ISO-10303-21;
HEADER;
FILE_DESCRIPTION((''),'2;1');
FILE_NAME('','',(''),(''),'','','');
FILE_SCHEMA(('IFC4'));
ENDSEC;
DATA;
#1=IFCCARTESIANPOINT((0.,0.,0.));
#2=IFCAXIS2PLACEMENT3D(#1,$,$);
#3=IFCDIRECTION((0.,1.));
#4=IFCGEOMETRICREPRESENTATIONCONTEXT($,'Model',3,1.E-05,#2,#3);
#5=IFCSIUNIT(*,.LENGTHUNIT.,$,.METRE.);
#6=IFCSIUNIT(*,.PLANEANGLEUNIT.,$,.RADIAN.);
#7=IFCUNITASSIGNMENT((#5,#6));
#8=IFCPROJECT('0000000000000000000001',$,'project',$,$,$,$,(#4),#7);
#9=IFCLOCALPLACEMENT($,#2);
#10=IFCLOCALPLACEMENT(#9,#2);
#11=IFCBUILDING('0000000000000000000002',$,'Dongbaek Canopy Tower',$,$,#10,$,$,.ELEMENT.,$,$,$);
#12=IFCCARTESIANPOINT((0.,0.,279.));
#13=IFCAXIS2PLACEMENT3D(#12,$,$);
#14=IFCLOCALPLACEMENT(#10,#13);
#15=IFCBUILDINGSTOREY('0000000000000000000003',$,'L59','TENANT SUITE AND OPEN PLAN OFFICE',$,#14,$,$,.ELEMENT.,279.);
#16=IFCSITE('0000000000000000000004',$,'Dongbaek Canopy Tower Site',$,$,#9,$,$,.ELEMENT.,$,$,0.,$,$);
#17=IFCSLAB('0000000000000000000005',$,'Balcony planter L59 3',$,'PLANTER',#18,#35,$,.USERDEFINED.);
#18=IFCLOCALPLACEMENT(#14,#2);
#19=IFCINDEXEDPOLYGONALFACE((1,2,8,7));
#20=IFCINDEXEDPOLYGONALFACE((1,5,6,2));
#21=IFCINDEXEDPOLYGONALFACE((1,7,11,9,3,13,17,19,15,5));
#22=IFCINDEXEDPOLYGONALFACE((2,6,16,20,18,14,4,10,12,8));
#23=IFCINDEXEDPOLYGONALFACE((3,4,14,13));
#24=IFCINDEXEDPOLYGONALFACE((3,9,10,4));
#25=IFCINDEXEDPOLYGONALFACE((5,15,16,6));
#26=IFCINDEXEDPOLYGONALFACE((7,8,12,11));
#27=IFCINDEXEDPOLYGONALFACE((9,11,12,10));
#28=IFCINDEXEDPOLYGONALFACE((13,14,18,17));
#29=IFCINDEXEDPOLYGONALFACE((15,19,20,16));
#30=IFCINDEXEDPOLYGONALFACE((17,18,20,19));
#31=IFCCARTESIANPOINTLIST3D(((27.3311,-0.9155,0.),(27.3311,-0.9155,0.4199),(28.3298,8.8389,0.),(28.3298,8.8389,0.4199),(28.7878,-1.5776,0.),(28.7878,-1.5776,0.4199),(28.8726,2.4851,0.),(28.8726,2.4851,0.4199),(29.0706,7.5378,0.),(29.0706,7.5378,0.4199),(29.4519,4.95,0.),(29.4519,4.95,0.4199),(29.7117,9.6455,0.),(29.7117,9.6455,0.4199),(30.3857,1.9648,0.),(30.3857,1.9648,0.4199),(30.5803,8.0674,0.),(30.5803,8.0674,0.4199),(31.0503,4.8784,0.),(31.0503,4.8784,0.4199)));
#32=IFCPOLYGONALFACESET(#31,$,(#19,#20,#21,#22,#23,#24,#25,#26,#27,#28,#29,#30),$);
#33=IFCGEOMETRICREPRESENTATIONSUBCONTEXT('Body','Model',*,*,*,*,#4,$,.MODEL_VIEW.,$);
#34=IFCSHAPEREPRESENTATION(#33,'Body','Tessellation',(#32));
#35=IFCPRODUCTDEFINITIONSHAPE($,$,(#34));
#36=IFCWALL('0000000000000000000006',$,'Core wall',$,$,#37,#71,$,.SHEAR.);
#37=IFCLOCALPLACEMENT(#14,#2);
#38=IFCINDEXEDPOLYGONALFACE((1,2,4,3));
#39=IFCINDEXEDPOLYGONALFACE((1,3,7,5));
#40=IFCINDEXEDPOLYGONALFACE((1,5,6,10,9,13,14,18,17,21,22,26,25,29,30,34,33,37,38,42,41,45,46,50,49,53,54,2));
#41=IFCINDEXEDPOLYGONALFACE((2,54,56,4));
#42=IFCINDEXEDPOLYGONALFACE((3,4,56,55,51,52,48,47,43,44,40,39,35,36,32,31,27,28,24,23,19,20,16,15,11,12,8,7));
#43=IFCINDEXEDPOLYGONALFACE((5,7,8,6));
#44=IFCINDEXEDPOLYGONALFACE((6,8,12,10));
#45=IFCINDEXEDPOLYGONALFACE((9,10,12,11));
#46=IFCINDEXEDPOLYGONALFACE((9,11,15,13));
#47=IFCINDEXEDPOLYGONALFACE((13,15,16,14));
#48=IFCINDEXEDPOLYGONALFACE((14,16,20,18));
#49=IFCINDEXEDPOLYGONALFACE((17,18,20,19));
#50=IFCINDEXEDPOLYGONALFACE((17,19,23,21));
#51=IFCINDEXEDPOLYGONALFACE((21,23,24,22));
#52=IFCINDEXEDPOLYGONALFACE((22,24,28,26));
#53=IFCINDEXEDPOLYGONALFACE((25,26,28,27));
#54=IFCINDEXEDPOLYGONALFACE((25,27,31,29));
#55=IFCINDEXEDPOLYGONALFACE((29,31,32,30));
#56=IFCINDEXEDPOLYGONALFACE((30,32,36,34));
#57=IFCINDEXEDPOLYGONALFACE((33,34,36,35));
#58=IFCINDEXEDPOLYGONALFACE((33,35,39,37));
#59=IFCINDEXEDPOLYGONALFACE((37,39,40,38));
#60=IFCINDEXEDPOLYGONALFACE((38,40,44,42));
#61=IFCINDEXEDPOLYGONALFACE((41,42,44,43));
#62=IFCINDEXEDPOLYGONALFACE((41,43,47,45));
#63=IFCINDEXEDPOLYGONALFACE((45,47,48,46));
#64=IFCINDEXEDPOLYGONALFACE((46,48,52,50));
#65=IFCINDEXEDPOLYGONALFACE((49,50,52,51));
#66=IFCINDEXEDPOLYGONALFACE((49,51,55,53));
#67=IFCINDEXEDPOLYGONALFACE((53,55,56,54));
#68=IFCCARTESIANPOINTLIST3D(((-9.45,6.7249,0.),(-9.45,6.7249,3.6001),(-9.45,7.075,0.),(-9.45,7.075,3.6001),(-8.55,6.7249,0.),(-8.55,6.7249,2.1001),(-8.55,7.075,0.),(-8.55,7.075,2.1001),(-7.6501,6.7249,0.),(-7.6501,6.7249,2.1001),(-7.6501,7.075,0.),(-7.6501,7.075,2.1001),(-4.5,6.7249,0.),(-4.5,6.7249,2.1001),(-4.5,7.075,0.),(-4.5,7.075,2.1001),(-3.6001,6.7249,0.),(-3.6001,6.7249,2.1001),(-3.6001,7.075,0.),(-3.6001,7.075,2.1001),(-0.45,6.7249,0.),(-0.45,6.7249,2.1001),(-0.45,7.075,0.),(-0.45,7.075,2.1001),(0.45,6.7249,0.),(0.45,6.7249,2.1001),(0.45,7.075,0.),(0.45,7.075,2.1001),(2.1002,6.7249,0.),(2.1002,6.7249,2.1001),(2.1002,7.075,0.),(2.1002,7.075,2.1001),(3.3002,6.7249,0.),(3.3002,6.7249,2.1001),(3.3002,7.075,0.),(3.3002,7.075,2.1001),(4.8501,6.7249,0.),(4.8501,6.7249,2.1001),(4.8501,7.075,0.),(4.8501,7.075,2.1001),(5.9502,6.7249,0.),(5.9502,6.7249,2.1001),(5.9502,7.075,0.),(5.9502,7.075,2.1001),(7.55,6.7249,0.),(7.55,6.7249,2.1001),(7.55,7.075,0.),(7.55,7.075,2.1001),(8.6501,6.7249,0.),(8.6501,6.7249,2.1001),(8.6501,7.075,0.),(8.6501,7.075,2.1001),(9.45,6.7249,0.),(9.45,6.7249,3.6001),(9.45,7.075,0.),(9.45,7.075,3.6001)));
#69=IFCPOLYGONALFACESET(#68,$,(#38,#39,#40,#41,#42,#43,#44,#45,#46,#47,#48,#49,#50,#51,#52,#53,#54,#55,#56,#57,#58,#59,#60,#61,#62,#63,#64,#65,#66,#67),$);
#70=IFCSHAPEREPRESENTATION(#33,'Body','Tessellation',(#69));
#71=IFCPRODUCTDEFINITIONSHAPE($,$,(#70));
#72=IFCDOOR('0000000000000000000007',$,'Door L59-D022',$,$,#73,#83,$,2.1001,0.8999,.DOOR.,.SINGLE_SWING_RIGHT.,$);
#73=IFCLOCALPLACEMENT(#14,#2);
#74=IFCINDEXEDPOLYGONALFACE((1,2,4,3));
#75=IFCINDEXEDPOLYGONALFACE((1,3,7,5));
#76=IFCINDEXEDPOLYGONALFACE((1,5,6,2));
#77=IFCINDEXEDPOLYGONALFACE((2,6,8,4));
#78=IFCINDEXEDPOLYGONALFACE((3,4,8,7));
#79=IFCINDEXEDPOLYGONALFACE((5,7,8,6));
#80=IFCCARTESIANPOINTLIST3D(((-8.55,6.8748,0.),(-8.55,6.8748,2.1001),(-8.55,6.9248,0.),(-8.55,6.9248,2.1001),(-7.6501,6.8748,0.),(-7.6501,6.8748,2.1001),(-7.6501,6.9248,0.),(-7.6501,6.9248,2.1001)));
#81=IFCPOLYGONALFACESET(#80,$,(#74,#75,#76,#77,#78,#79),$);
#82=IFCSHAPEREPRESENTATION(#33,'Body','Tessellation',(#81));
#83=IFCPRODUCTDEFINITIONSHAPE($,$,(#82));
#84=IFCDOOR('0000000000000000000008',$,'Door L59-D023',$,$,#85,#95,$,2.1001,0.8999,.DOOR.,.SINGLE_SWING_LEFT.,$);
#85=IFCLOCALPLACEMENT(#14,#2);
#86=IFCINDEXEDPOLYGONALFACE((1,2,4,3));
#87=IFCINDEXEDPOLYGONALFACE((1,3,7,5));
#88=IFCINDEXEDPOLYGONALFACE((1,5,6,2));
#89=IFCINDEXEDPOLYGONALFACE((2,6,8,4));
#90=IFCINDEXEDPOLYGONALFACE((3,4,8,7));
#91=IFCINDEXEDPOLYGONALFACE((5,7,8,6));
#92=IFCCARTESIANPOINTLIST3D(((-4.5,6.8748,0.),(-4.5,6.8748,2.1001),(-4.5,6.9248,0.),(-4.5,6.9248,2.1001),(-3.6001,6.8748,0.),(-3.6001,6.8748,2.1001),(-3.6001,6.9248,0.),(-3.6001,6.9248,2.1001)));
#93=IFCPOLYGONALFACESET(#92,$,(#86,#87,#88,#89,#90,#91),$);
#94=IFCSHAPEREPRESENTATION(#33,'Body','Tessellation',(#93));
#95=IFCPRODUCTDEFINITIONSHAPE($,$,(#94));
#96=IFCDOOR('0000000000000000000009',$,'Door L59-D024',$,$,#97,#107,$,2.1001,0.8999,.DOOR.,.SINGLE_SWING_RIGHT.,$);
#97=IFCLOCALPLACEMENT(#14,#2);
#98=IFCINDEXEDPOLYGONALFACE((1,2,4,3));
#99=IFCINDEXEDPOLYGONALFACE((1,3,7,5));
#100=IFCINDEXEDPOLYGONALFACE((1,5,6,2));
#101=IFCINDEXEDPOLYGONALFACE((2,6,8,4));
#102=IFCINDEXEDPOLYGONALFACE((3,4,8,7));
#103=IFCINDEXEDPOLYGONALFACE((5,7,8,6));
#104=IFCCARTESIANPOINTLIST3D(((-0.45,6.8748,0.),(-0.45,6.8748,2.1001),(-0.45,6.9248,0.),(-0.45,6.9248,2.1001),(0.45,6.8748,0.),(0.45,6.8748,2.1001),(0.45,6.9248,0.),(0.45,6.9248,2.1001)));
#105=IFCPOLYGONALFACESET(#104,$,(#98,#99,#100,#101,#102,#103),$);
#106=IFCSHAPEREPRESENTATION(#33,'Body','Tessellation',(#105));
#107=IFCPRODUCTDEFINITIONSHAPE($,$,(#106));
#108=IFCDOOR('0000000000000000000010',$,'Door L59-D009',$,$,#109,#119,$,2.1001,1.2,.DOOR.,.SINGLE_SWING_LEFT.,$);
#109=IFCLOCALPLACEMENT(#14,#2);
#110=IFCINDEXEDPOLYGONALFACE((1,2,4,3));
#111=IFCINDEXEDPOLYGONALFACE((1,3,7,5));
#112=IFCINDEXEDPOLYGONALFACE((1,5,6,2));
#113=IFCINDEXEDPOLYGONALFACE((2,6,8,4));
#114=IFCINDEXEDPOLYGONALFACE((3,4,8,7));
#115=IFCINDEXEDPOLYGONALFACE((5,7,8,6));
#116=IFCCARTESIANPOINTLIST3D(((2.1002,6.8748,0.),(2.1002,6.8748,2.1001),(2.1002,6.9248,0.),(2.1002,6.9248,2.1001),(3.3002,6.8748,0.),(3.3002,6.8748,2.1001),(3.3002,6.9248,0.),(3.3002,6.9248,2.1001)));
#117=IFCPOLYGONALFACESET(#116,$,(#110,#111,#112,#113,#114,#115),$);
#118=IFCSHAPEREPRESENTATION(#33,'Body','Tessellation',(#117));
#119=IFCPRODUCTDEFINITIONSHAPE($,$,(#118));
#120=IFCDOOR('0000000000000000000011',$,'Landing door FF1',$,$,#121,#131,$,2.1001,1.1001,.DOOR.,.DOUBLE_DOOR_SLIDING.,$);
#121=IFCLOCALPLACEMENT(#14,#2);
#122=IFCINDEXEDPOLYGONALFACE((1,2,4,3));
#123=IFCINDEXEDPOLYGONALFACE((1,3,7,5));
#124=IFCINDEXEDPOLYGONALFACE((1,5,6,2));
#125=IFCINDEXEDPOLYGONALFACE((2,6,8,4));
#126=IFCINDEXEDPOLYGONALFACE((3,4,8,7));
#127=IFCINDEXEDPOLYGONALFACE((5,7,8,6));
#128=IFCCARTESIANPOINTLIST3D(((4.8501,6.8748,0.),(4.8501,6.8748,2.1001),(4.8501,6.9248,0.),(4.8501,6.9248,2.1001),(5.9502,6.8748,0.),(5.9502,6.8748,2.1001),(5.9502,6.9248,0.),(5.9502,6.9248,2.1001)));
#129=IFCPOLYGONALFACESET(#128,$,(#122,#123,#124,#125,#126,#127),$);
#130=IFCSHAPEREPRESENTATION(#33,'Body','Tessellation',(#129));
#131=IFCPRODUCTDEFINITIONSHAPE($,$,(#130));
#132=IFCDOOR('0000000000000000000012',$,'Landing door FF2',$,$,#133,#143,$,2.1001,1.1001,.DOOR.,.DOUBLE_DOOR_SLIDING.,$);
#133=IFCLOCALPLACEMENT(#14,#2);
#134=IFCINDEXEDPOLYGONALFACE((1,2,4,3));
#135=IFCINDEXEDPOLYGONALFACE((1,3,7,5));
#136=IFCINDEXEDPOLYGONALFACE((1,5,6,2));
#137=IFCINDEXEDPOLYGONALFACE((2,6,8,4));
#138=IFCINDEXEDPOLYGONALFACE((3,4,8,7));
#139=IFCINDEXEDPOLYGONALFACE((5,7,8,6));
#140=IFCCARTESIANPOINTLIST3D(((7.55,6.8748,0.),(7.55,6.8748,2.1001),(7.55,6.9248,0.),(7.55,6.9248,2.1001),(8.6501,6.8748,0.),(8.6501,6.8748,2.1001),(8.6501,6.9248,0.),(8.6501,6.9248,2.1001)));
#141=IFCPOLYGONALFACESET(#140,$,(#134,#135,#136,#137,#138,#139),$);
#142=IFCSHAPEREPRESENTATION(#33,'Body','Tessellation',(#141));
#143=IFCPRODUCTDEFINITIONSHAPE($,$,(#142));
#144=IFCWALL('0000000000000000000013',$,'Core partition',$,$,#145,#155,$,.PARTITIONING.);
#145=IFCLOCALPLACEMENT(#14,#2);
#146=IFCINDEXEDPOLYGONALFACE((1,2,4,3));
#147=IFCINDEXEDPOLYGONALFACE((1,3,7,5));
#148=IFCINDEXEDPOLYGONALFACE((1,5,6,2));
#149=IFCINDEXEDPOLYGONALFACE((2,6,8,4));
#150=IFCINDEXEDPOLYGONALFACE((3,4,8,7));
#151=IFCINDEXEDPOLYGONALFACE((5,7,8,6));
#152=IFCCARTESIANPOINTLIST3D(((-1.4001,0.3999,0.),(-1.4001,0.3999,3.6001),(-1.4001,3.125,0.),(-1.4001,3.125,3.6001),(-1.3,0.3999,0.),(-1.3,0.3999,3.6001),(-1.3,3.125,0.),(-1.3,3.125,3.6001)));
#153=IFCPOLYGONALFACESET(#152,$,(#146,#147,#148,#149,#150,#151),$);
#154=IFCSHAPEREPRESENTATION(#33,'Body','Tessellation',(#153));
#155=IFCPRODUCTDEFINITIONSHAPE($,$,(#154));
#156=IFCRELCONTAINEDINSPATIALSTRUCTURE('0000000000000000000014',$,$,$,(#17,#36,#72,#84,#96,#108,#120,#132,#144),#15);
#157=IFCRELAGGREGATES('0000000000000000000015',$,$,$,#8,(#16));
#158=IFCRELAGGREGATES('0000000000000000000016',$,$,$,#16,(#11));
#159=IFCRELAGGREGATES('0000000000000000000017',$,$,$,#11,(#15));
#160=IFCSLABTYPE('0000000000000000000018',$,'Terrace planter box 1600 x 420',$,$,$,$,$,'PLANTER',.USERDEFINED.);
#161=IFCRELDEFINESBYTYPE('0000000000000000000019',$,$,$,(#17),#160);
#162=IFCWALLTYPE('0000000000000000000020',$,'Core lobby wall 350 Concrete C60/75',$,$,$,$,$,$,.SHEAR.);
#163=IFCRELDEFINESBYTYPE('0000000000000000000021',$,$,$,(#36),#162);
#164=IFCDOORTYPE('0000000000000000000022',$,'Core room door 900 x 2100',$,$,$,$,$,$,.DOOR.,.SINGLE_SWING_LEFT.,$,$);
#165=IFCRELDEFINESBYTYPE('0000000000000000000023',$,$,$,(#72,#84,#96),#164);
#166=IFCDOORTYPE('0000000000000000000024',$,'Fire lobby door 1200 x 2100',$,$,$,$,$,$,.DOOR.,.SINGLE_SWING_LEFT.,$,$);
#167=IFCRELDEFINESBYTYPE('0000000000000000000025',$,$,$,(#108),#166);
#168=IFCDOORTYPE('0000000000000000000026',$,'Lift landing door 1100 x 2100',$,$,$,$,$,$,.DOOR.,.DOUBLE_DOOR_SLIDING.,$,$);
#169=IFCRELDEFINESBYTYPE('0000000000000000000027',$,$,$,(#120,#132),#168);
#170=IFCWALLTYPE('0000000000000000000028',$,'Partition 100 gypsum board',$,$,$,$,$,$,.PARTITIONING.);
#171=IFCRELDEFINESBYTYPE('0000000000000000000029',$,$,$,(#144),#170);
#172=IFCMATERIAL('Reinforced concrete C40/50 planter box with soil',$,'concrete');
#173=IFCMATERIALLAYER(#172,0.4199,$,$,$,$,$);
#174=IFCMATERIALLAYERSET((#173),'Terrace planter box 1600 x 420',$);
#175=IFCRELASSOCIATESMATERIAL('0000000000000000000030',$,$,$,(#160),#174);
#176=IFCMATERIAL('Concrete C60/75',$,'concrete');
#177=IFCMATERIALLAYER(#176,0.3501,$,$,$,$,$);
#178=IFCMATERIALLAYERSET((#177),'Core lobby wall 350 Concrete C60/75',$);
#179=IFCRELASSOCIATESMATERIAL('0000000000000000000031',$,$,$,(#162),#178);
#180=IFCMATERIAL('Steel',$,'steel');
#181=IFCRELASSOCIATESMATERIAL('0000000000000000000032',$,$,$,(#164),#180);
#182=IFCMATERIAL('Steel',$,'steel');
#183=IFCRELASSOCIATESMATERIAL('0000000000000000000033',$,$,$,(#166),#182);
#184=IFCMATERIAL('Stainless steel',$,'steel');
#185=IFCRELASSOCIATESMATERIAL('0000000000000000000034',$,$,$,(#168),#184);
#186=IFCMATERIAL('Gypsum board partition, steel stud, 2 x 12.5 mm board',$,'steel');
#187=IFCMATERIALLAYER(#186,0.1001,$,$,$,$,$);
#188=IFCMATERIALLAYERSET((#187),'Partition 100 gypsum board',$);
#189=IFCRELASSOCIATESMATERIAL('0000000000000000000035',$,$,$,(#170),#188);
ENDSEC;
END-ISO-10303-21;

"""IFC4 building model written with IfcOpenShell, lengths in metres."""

from ifc_helpers import new_model, si_unit, direction, frame, frame_2d, origin, place, context, subcontext, project, spatial, polyline, rectangle, outline, extrude, material, layer, layer_set, type_object, element, fill, save


model = new_model("IFC4")

# Units and contexts
model_context = context("Model", 3, precision=1e-05, world=origin(), true_north=direction((0.0, 1.0)))
body_context = subcontext(model_context, "Body", "Model", "MODEL_VIEW")
ifc_project = project(units=[si_unit("LENGTHUNIT", "METRE"), si_unit("PLANEANGLEUNIT", "RADIAN")], contexts=[model_context])

# Site, building, storey
site_placement = place(None, origin())
site = spatial("IfcSite", under=ifc_project, at=site_placement, Name="Dongbaek Canopy Tower Site", CompositionType="ELEMENT", RefElevation=0.0)
building_placement = place(site_placement, origin())
building = spatial("IfcBuilding", under=site, at=building_placement, Name="Dongbaek Canopy Tower", CompositionType="ELEMENT")
storey_placement = place(building_placement, frame((0.0, 0.0, 279.0)))
storey = spatial("IfcBuildingStorey", under=building, at=storey_placement, Name="L59", Description="TENANT SUITE AND OPEN PLAN OFFICE", CompositionType="ELEMENT", Elevation=279.0)

# Slab
ifc_material_1 = material(Name="Reinforced concrete C40/50 planter box with soil", Category="concrete")
ifc_layer_1 = layer(ifc_material_1, 0.4199)
ifc_layer_set_1 = layer_set([ifc_layer_1], Name="Terrace planter box 1600 x 420")
slab_type_1 = type_object("IfcSlabType", Name="Terrace planter box 1600 x 420", ElementType="PLANTER", PredefinedType="USERDEFINED", material=ifc_layer_set_1)
slab_1_placement = place(storey_placement, origin())
element("IfcSlab", 1, at=slab_1_placement, inside=storey, type_object=slab_type_1, Name="Balcony planter L59 3", ObjectType="PLANTER", PredefinedType="USERDEFINED", context=body_context, shape_type="SweptSolid", body=[
    extrude(outline(polyline([(27.3311, -0.9155), (28.8726, 2.4851), (29.4519, 4.95), (29.0706, 7.5378), (28.3298, 8.8389), (29.7117, 9.6455), (30.5803, 8.0674), (31.0503, 4.8784), (30.3857, 1.9648), (28.7878, -1.5776), (27.3311, -0.9155)])), origin(), (0.0, 0.0, 1.0), 0.4199),
])

# Wall, openings, doors
ifc_material_2 = material(Name="Concrete C60/75", Category="concrete")
ifc_layer_2 = layer(ifc_material_2, 0.3501)
ifc_layer_set_2 = layer_set([ifc_layer_2], Name="Core lobby wall 350 Concrete C60/75")
wall_type_1 = type_object("IfcWallType", Name="Core lobby wall 350 Concrete C60/75", PredefinedType="SHEAR", material=ifc_layer_set_2)
wall_1_placement = place(storey_placement, frame((-9.45, 6.8999, 0.0), z_axis=(0.0, 0.0, 1.0), x_axis=(1.0, 0.0, 0.0)))
wall_1 = element("IfcWall", 2, at=wall_1_placement, inside=storey, type_object=wall_type_1, Name="Core wall", PredefinedType="SHEAR", context=body_context, shape_type="SweptSolid", body=[
    extrude(rectangle(XDim=18.8999, YDim=0.3501, at=frame_2d((9.45, 0.0))), origin(), (0.0, 0.0, 1.0), 3.6001),
])
opening_1_placement = place(wall_1_placement, frame((11.55, 0.0, 0.0)))
opening_1 = element("IfcOpeningElement", 3, at=opening_1_placement, cuts=wall_1, PredefinedType="OPENING", context=body_context, shape_type="SweptSolid", body=[
    extrude(rectangle(XDim=1.2, YDim=2.1001, at=frame_2d((0.6001, 1.05))), frame((0.0, 0.1851, 0.0), z_axis=(0.0, -1.0, 0.0), x_axis=(1.0, 0.0, 0.0)), (0.0, 0.0, 1.0), 0.3701),
])
opening_2_placement = place(wall_1_placement, frame((14.3, 0.0, 0.0)))
opening_2 = element("IfcOpeningElement", 4, at=opening_2_placement, cuts=wall_1, PredefinedType="OPENING", context=body_context, shape_type="SweptSolid", body=[
    extrude(rectangle(XDim=1.1001, YDim=2.1001, at=frame_2d((0.55, 1.05))), frame((0.0, 0.1851, 0.0), z_axis=(0.0, -1.0, 0.0), x_axis=(1.0, 0.0, 0.0)), (0.0, 0.0, 1.0), 0.3701),
])
opening_3_placement = place(wall_1_placement, frame((17.0, 0.0, 0.0)))
opening_3 = element("IfcOpeningElement", 5, at=opening_3_placement, cuts=wall_1, PredefinedType="OPENING", context=body_context, shape_type="SweptSolid", body=[
    extrude(rectangle(XDim=1.1001, YDim=2.1001, at=frame_2d((0.55, 1.05))), frame((0.0, 0.1851, 0.0), z_axis=(0.0, -1.0, 0.0), x_axis=(1.0, 0.0, 0.0)), (0.0, 0.0, 1.0), 0.3701),
])
opening_4_placement = place(wall_1_placement, frame((0.8999, 0.0, 0.0)))
opening_4 = element("IfcOpeningElement", 6, at=opening_4_placement, cuts=wall_1, PredefinedType="OPENING", context=body_context, shape_type="SweptSolid", body=[
    extrude(rectangle(XDim=0.8999, YDim=2.1001, at=frame_2d((0.45, 1.05))), frame((0.0, 0.1851, 0.0), z_axis=(0.0, -1.0, 0.0), x_axis=(1.0, 0.0, 0.0)), (0.0, 0.0, 1.0), 0.3701),
])
opening_5_placement = place(wall_1_placement, frame((4.95, 0.0, 0.0)))
opening_5 = element("IfcOpeningElement", 7, at=opening_5_placement, cuts=wall_1, PredefinedType="OPENING", context=body_context, shape_type="SweptSolid", body=[
    extrude(rectangle(XDim=0.8999, YDim=2.1001, at=frame_2d((0.45, 1.05))), frame((0.0, 0.1851, 0.0), z_axis=(0.0, -1.0, 0.0), x_axis=(1.0, 0.0, 0.0)), (0.0, 0.0, 1.0), 0.3701),
])
opening_6_placement = place(wall_1_placement, frame((9.0, 0.0, 0.0)))
opening_6 = element("IfcOpeningElement", 8, at=opening_6_placement, cuts=wall_1, PredefinedType="OPENING", context=body_context, shape_type="SweptSolid", body=[
    extrude(rectangle(XDim=0.8999, YDim=2.1001, at=frame_2d((0.45, 1.05))), frame((0.0, 0.1851, 0.0), z_axis=(0.0, -1.0, 0.0), x_axis=(1.0, 0.0, 0.0)), (0.0, 0.0, 1.0), 0.3701),
])
ifc_material_3 = material(Name="Steel", Category="steel")
door_type_1 = type_object("IfcDoorType", Name="Core room door 900 x 2100", OperationType="SINGLE_SWING_LEFT", PredefinedType="DOOR", material=ifc_material_3)
door_1_placement = place(opening_4_placement, origin())
door_1 = element("IfcDoor", 9, at=door_1_placement, inside=storey, type_object=door_type_1, Name="Door L59-D022", OperationType="SINGLE_SWING_RIGHT", OverallHeight=2.1001, OverallWidth=0.8999, PredefinedType="DOOR", context=body_context, shape_type="SweptSolid", body=[
    extrude(rectangle(XDim=0.8999, YDim=2.1001, at=frame_2d((0.45, 1.05))), frame((0.0, 0.0249, 0.0), z_axis=(0.0, -1.0, 0.0), x_axis=(1.0, 0.0, 0.0)), (0.0, 0.0, 1.0), 0.05),
])
fill(opening_4, door_1)
door_2_placement = place(opening_5_placement, origin())
door_2 = element("IfcDoor", 10, at=door_2_placement, inside=storey, type_object=door_type_1, Name="Door L59-D023", OperationType="SINGLE_SWING_LEFT", OverallHeight=2.1001, OverallWidth=0.8999, PredefinedType="DOOR", context=body_context, shape_type="SweptSolid", body=[
    extrude(rectangle(XDim=0.8999, YDim=2.1001, at=frame_2d((0.45, 1.05))), frame((0.0, 0.0249, 0.0), z_axis=(0.0, -1.0, 0.0), x_axis=(1.0, 0.0, 0.0)), (0.0, 0.0, 1.0), 0.05),
])
fill(opening_5, door_2)
door_3_placement = place(opening_6_placement, origin())
door_3 = element("IfcDoor", 11, at=door_3_placement, inside=storey, type_object=door_type_1, Name="Door L59-D024", OperationType="SINGLE_SWING_RIGHT", OverallHeight=2.1001, OverallWidth=0.8999, PredefinedType="DOOR", context=body_context, shape_type="SweptSolid", body=[
    extrude(rectangle(XDim=0.8999, YDim=2.1001, at=frame_2d((0.45, 1.05))), frame((0.0, 0.0249, 0.0), z_axis=(0.0, -1.0, 0.0), x_axis=(1.0, 0.0, 0.0)), (0.0, 0.0, 1.0), 0.05),
])
fill(opening_6, door_3)
ifc_material_4 = material(Name="Steel", Category="steel")
door_type_2 = type_object("IfcDoorType", Name="Fire lobby door 1200 x 2100", OperationType="SINGLE_SWING_LEFT", PredefinedType="DOOR", material=ifc_material_4)
door_4_placement = place(opening_1_placement, origin())
door_4 = element("IfcDoor", 12, at=door_4_placement, inside=storey, type_object=door_type_2, Name="Door L59-D009", OperationType="SINGLE_SWING_LEFT", OverallHeight=2.1001, OverallWidth=1.2, PredefinedType="DOOR", context=body_context, shape_type="SweptSolid", body=[
    extrude(rectangle(XDim=1.2, YDim=2.1001, at=frame_2d((0.6001, 1.05))), frame((0.0, 0.0249, 0.0), z_axis=(0.0, -1.0, 0.0), x_axis=(1.0, 0.0, 0.0)), (0.0, 0.0, 1.0), 0.05),
])
fill(opening_1, door_4)
ifc_material_5 = material(Name="Stainless steel", Category="steel")
door_type_3 = type_object("IfcDoorType", Name="Lift landing door 1100 x 2100", OperationType="DOUBLE_DOOR_SLIDING", PredefinedType="DOOR", material=ifc_material_5)
door_5_placement = place(opening_2_placement, origin())
door_5 = element("IfcDoor", 13, at=door_5_placement, inside=storey, type_object=door_type_3, Name="Landing door FF1", OperationType="DOUBLE_DOOR_SLIDING", OverallHeight=2.1001, OverallWidth=1.1001, PredefinedType="DOOR", context=body_context, shape_type="SweptSolid", body=[
    extrude(rectangle(XDim=1.1001, YDim=2.1001, at=frame_2d((0.55, 1.05))), frame((0.0, 0.0249, 0.0), z_axis=(0.0, -1.0, 0.0), x_axis=(1.0, 0.0, 0.0)), (0.0, 0.0, 1.0), 0.05),
])
fill(opening_2, door_5)
door_6_placement = place(opening_3_placement, origin())
door_6 = element("IfcDoor", 14, at=door_6_placement, inside=storey, type_object=door_type_3, Name="Landing door FF2", OperationType="DOUBLE_DOOR_SLIDING", OverallHeight=2.1001, OverallWidth=1.1001, PredefinedType="DOOR", context=body_context, shape_type="SweptSolid", body=[
    extrude(rectangle(XDim=1.1001, YDim=2.1001, at=frame_2d((0.55, 1.05))), frame((0.0, 0.0249, 0.0), z_axis=(0.0, -1.0, 0.0), x_axis=(1.0, 0.0, 0.0)), (0.0, 0.0, 1.0), 0.05),
])
fill(opening_3, door_6)

# Wall
ifc_material_6 = material(Name="Gypsum board partition, steel stud, 2 x 12.5 mm board", Category="steel")
ifc_layer_3 = layer(ifc_material_6, 0.1001)
ifc_layer_set_3 = layer_set([ifc_layer_3], Name="Partition 100 gypsum board")
wall_type_2 = type_object("IfcWallType", Name="Partition 100 gypsum board", PredefinedType="PARTITIONING", material=ifc_layer_set_3)
for number, where, z_axis, x_axis, name in (
    (15, (-1.3501, 0.3999, 0.0), (0.0, 0.0, 1.0), (0.0, 1.0, 0.0), "Core partition"),
):
    element("IfcWall", number, at=place(storey_placement, frame(where, z_axis=z_axis, x_axis=x_axis)), inside=storey, type_object=wall_type_2, Name=name, PredefinedType="PARTITIONING", context=body_context, shape_type="SweptSolid", body=[
        extrude(rectangle(XDim=2.7251, YDim=0.1001, at=frame_2d((1.3625, 0.0))), origin(), (0.0, 0.0, 1.0), 3.6001),
    ])

save(model, "model.ifc")
